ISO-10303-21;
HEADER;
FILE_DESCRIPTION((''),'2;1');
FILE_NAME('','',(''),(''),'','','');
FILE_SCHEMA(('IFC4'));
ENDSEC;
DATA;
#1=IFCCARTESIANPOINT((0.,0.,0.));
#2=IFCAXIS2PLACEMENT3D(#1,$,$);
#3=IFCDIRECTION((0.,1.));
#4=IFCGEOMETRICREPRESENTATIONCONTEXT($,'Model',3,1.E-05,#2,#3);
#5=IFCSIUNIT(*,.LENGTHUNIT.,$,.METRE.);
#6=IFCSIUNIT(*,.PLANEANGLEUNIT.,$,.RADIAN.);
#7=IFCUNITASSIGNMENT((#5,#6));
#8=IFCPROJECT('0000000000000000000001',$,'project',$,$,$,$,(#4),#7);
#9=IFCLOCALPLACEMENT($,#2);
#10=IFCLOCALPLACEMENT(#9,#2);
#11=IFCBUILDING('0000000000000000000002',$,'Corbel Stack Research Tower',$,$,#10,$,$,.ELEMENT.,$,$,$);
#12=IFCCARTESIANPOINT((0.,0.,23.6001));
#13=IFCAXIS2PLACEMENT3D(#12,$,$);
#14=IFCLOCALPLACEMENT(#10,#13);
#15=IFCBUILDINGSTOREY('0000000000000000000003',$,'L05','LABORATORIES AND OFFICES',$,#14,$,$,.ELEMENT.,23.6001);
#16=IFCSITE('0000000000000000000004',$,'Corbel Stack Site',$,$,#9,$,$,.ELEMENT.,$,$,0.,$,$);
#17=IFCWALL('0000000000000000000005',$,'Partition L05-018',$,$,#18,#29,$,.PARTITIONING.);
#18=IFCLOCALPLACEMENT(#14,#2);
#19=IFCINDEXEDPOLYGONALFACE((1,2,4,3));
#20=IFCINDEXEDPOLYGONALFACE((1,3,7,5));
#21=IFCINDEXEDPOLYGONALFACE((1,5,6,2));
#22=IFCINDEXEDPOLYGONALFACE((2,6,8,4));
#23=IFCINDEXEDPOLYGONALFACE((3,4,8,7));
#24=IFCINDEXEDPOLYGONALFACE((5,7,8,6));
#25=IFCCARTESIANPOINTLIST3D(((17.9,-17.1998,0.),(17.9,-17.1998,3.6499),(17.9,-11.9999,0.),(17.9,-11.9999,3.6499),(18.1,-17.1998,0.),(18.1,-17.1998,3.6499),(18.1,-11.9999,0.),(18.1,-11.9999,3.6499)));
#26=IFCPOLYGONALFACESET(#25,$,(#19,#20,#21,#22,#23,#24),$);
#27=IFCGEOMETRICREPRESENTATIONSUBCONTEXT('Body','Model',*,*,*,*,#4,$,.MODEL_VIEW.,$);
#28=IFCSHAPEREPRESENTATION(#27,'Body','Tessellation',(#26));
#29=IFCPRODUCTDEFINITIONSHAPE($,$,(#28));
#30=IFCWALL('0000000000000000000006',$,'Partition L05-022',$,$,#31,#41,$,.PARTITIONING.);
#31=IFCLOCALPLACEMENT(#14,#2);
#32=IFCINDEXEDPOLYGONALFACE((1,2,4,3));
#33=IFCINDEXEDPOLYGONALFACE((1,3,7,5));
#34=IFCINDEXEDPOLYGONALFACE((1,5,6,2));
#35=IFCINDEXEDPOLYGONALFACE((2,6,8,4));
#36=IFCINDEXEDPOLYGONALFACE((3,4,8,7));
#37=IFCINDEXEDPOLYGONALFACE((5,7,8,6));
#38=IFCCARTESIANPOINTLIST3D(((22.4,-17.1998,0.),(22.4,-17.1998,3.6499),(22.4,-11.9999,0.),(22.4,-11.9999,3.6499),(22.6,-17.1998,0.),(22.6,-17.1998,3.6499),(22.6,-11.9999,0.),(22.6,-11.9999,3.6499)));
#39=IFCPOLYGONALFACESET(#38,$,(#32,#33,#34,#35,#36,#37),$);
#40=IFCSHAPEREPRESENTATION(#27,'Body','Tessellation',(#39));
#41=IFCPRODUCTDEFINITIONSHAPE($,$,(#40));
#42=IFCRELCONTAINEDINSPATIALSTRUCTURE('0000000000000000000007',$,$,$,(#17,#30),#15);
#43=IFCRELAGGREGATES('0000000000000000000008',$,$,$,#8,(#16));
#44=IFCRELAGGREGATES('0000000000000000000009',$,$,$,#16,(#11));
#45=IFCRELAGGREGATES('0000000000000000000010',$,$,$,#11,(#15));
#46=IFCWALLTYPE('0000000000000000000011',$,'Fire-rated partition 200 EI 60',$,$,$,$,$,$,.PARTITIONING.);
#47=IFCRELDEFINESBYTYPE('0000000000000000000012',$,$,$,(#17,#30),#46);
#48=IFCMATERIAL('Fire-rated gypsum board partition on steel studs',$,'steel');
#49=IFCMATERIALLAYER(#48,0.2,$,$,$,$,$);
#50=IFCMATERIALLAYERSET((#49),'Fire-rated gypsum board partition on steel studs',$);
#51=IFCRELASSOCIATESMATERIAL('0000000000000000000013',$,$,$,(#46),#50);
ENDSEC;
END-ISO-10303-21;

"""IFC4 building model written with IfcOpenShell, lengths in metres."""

from ifc_helpers import new_model, si_unit, direction, frame, frame_2d, origin, place, context, subcontext, project, spatial, rectangle, extrude, material, layer, layer_set, type_object, element, save


model = new_model("IFC4")

# Units and contexts
model_context = context("Model", 3, precision=1e-05, world=origin(), true_north=direction((0.0, 1.0)))
body_context = subcontext(model_context, "Body", "Model", "MODEL_VIEW")
ifc_project = project(units=[si_unit("LENGTHUNIT", "METRE"), si_unit("PLANEANGLEUNIT", "RADIAN")], contexts=[model_context])

# Site, building, storey
site_placement = place(None, origin())
site = spatial("IfcSite", under=ifc_project, at=site_placement, Name="Corbel Stack Site", CompositionType="ELEMENT", RefElevation=0.0)
building_placement = place(site_placement, origin())
building = spatial("IfcBuilding", under=site, at=building_placement, Name="Corbel Stack Research Tower", CompositionType="ELEMENT")
storey_placement = place(building_placement, frame((0.0, 0.0, 23.6001)))
storey = spatial("IfcBuildingStorey", under=building, at=storey_placement, Name="L05", Description="LABORATORIES AND OFFICES", CompositionType="ELEMENT", Elevation=23.6001)

# Walls
ifc_material_1 = material(Name="Fire-rated gypsum board partition on steel studs", Category="steel")
ifc_layer_1 = layer(ifc_material_1, 0.2)
ifc_layer_set_1 = layer_set([ifc_layer_1], Name="Fire-rated gypsum board partition on steel studs")
wall_type_1 = type_object("IfcWallType", Name="Fire-rated partition 200 EI 60", PredefinedType="PARTITIONING", material=ifc_layer_set_1)
for number, where, z_axis, x_axis, name in (
    (1, (18.0, -17.2, 0.0), (0.0, 0.0, 1.0), (0.0, 1.0, 0.0), "Partition L05-018"),
    (2, (22.5, -17.2, 0.0), (0.0, 0.0, 1.0), (0.0, 1.0, 0.0), "Partition L05-022"),
):
    element("IfcWall", number, at=place(storey_placement, frame(where, z_axis=z_axis, x_axis=x_axis)), inside=storey, type_object=wall_type_1, Name=name, PredefinedType="PARTITIONING", context=body_context, shape_type="SweptSolid", body=[
        extrude(rectangle(XDim=5.2, YDim=0.2, at=frame_2d((2.6001, 0.0))), origin(), (0.0, 0.0, 1.0), 3.6499),
    ])

save(model, "model.ifc")
